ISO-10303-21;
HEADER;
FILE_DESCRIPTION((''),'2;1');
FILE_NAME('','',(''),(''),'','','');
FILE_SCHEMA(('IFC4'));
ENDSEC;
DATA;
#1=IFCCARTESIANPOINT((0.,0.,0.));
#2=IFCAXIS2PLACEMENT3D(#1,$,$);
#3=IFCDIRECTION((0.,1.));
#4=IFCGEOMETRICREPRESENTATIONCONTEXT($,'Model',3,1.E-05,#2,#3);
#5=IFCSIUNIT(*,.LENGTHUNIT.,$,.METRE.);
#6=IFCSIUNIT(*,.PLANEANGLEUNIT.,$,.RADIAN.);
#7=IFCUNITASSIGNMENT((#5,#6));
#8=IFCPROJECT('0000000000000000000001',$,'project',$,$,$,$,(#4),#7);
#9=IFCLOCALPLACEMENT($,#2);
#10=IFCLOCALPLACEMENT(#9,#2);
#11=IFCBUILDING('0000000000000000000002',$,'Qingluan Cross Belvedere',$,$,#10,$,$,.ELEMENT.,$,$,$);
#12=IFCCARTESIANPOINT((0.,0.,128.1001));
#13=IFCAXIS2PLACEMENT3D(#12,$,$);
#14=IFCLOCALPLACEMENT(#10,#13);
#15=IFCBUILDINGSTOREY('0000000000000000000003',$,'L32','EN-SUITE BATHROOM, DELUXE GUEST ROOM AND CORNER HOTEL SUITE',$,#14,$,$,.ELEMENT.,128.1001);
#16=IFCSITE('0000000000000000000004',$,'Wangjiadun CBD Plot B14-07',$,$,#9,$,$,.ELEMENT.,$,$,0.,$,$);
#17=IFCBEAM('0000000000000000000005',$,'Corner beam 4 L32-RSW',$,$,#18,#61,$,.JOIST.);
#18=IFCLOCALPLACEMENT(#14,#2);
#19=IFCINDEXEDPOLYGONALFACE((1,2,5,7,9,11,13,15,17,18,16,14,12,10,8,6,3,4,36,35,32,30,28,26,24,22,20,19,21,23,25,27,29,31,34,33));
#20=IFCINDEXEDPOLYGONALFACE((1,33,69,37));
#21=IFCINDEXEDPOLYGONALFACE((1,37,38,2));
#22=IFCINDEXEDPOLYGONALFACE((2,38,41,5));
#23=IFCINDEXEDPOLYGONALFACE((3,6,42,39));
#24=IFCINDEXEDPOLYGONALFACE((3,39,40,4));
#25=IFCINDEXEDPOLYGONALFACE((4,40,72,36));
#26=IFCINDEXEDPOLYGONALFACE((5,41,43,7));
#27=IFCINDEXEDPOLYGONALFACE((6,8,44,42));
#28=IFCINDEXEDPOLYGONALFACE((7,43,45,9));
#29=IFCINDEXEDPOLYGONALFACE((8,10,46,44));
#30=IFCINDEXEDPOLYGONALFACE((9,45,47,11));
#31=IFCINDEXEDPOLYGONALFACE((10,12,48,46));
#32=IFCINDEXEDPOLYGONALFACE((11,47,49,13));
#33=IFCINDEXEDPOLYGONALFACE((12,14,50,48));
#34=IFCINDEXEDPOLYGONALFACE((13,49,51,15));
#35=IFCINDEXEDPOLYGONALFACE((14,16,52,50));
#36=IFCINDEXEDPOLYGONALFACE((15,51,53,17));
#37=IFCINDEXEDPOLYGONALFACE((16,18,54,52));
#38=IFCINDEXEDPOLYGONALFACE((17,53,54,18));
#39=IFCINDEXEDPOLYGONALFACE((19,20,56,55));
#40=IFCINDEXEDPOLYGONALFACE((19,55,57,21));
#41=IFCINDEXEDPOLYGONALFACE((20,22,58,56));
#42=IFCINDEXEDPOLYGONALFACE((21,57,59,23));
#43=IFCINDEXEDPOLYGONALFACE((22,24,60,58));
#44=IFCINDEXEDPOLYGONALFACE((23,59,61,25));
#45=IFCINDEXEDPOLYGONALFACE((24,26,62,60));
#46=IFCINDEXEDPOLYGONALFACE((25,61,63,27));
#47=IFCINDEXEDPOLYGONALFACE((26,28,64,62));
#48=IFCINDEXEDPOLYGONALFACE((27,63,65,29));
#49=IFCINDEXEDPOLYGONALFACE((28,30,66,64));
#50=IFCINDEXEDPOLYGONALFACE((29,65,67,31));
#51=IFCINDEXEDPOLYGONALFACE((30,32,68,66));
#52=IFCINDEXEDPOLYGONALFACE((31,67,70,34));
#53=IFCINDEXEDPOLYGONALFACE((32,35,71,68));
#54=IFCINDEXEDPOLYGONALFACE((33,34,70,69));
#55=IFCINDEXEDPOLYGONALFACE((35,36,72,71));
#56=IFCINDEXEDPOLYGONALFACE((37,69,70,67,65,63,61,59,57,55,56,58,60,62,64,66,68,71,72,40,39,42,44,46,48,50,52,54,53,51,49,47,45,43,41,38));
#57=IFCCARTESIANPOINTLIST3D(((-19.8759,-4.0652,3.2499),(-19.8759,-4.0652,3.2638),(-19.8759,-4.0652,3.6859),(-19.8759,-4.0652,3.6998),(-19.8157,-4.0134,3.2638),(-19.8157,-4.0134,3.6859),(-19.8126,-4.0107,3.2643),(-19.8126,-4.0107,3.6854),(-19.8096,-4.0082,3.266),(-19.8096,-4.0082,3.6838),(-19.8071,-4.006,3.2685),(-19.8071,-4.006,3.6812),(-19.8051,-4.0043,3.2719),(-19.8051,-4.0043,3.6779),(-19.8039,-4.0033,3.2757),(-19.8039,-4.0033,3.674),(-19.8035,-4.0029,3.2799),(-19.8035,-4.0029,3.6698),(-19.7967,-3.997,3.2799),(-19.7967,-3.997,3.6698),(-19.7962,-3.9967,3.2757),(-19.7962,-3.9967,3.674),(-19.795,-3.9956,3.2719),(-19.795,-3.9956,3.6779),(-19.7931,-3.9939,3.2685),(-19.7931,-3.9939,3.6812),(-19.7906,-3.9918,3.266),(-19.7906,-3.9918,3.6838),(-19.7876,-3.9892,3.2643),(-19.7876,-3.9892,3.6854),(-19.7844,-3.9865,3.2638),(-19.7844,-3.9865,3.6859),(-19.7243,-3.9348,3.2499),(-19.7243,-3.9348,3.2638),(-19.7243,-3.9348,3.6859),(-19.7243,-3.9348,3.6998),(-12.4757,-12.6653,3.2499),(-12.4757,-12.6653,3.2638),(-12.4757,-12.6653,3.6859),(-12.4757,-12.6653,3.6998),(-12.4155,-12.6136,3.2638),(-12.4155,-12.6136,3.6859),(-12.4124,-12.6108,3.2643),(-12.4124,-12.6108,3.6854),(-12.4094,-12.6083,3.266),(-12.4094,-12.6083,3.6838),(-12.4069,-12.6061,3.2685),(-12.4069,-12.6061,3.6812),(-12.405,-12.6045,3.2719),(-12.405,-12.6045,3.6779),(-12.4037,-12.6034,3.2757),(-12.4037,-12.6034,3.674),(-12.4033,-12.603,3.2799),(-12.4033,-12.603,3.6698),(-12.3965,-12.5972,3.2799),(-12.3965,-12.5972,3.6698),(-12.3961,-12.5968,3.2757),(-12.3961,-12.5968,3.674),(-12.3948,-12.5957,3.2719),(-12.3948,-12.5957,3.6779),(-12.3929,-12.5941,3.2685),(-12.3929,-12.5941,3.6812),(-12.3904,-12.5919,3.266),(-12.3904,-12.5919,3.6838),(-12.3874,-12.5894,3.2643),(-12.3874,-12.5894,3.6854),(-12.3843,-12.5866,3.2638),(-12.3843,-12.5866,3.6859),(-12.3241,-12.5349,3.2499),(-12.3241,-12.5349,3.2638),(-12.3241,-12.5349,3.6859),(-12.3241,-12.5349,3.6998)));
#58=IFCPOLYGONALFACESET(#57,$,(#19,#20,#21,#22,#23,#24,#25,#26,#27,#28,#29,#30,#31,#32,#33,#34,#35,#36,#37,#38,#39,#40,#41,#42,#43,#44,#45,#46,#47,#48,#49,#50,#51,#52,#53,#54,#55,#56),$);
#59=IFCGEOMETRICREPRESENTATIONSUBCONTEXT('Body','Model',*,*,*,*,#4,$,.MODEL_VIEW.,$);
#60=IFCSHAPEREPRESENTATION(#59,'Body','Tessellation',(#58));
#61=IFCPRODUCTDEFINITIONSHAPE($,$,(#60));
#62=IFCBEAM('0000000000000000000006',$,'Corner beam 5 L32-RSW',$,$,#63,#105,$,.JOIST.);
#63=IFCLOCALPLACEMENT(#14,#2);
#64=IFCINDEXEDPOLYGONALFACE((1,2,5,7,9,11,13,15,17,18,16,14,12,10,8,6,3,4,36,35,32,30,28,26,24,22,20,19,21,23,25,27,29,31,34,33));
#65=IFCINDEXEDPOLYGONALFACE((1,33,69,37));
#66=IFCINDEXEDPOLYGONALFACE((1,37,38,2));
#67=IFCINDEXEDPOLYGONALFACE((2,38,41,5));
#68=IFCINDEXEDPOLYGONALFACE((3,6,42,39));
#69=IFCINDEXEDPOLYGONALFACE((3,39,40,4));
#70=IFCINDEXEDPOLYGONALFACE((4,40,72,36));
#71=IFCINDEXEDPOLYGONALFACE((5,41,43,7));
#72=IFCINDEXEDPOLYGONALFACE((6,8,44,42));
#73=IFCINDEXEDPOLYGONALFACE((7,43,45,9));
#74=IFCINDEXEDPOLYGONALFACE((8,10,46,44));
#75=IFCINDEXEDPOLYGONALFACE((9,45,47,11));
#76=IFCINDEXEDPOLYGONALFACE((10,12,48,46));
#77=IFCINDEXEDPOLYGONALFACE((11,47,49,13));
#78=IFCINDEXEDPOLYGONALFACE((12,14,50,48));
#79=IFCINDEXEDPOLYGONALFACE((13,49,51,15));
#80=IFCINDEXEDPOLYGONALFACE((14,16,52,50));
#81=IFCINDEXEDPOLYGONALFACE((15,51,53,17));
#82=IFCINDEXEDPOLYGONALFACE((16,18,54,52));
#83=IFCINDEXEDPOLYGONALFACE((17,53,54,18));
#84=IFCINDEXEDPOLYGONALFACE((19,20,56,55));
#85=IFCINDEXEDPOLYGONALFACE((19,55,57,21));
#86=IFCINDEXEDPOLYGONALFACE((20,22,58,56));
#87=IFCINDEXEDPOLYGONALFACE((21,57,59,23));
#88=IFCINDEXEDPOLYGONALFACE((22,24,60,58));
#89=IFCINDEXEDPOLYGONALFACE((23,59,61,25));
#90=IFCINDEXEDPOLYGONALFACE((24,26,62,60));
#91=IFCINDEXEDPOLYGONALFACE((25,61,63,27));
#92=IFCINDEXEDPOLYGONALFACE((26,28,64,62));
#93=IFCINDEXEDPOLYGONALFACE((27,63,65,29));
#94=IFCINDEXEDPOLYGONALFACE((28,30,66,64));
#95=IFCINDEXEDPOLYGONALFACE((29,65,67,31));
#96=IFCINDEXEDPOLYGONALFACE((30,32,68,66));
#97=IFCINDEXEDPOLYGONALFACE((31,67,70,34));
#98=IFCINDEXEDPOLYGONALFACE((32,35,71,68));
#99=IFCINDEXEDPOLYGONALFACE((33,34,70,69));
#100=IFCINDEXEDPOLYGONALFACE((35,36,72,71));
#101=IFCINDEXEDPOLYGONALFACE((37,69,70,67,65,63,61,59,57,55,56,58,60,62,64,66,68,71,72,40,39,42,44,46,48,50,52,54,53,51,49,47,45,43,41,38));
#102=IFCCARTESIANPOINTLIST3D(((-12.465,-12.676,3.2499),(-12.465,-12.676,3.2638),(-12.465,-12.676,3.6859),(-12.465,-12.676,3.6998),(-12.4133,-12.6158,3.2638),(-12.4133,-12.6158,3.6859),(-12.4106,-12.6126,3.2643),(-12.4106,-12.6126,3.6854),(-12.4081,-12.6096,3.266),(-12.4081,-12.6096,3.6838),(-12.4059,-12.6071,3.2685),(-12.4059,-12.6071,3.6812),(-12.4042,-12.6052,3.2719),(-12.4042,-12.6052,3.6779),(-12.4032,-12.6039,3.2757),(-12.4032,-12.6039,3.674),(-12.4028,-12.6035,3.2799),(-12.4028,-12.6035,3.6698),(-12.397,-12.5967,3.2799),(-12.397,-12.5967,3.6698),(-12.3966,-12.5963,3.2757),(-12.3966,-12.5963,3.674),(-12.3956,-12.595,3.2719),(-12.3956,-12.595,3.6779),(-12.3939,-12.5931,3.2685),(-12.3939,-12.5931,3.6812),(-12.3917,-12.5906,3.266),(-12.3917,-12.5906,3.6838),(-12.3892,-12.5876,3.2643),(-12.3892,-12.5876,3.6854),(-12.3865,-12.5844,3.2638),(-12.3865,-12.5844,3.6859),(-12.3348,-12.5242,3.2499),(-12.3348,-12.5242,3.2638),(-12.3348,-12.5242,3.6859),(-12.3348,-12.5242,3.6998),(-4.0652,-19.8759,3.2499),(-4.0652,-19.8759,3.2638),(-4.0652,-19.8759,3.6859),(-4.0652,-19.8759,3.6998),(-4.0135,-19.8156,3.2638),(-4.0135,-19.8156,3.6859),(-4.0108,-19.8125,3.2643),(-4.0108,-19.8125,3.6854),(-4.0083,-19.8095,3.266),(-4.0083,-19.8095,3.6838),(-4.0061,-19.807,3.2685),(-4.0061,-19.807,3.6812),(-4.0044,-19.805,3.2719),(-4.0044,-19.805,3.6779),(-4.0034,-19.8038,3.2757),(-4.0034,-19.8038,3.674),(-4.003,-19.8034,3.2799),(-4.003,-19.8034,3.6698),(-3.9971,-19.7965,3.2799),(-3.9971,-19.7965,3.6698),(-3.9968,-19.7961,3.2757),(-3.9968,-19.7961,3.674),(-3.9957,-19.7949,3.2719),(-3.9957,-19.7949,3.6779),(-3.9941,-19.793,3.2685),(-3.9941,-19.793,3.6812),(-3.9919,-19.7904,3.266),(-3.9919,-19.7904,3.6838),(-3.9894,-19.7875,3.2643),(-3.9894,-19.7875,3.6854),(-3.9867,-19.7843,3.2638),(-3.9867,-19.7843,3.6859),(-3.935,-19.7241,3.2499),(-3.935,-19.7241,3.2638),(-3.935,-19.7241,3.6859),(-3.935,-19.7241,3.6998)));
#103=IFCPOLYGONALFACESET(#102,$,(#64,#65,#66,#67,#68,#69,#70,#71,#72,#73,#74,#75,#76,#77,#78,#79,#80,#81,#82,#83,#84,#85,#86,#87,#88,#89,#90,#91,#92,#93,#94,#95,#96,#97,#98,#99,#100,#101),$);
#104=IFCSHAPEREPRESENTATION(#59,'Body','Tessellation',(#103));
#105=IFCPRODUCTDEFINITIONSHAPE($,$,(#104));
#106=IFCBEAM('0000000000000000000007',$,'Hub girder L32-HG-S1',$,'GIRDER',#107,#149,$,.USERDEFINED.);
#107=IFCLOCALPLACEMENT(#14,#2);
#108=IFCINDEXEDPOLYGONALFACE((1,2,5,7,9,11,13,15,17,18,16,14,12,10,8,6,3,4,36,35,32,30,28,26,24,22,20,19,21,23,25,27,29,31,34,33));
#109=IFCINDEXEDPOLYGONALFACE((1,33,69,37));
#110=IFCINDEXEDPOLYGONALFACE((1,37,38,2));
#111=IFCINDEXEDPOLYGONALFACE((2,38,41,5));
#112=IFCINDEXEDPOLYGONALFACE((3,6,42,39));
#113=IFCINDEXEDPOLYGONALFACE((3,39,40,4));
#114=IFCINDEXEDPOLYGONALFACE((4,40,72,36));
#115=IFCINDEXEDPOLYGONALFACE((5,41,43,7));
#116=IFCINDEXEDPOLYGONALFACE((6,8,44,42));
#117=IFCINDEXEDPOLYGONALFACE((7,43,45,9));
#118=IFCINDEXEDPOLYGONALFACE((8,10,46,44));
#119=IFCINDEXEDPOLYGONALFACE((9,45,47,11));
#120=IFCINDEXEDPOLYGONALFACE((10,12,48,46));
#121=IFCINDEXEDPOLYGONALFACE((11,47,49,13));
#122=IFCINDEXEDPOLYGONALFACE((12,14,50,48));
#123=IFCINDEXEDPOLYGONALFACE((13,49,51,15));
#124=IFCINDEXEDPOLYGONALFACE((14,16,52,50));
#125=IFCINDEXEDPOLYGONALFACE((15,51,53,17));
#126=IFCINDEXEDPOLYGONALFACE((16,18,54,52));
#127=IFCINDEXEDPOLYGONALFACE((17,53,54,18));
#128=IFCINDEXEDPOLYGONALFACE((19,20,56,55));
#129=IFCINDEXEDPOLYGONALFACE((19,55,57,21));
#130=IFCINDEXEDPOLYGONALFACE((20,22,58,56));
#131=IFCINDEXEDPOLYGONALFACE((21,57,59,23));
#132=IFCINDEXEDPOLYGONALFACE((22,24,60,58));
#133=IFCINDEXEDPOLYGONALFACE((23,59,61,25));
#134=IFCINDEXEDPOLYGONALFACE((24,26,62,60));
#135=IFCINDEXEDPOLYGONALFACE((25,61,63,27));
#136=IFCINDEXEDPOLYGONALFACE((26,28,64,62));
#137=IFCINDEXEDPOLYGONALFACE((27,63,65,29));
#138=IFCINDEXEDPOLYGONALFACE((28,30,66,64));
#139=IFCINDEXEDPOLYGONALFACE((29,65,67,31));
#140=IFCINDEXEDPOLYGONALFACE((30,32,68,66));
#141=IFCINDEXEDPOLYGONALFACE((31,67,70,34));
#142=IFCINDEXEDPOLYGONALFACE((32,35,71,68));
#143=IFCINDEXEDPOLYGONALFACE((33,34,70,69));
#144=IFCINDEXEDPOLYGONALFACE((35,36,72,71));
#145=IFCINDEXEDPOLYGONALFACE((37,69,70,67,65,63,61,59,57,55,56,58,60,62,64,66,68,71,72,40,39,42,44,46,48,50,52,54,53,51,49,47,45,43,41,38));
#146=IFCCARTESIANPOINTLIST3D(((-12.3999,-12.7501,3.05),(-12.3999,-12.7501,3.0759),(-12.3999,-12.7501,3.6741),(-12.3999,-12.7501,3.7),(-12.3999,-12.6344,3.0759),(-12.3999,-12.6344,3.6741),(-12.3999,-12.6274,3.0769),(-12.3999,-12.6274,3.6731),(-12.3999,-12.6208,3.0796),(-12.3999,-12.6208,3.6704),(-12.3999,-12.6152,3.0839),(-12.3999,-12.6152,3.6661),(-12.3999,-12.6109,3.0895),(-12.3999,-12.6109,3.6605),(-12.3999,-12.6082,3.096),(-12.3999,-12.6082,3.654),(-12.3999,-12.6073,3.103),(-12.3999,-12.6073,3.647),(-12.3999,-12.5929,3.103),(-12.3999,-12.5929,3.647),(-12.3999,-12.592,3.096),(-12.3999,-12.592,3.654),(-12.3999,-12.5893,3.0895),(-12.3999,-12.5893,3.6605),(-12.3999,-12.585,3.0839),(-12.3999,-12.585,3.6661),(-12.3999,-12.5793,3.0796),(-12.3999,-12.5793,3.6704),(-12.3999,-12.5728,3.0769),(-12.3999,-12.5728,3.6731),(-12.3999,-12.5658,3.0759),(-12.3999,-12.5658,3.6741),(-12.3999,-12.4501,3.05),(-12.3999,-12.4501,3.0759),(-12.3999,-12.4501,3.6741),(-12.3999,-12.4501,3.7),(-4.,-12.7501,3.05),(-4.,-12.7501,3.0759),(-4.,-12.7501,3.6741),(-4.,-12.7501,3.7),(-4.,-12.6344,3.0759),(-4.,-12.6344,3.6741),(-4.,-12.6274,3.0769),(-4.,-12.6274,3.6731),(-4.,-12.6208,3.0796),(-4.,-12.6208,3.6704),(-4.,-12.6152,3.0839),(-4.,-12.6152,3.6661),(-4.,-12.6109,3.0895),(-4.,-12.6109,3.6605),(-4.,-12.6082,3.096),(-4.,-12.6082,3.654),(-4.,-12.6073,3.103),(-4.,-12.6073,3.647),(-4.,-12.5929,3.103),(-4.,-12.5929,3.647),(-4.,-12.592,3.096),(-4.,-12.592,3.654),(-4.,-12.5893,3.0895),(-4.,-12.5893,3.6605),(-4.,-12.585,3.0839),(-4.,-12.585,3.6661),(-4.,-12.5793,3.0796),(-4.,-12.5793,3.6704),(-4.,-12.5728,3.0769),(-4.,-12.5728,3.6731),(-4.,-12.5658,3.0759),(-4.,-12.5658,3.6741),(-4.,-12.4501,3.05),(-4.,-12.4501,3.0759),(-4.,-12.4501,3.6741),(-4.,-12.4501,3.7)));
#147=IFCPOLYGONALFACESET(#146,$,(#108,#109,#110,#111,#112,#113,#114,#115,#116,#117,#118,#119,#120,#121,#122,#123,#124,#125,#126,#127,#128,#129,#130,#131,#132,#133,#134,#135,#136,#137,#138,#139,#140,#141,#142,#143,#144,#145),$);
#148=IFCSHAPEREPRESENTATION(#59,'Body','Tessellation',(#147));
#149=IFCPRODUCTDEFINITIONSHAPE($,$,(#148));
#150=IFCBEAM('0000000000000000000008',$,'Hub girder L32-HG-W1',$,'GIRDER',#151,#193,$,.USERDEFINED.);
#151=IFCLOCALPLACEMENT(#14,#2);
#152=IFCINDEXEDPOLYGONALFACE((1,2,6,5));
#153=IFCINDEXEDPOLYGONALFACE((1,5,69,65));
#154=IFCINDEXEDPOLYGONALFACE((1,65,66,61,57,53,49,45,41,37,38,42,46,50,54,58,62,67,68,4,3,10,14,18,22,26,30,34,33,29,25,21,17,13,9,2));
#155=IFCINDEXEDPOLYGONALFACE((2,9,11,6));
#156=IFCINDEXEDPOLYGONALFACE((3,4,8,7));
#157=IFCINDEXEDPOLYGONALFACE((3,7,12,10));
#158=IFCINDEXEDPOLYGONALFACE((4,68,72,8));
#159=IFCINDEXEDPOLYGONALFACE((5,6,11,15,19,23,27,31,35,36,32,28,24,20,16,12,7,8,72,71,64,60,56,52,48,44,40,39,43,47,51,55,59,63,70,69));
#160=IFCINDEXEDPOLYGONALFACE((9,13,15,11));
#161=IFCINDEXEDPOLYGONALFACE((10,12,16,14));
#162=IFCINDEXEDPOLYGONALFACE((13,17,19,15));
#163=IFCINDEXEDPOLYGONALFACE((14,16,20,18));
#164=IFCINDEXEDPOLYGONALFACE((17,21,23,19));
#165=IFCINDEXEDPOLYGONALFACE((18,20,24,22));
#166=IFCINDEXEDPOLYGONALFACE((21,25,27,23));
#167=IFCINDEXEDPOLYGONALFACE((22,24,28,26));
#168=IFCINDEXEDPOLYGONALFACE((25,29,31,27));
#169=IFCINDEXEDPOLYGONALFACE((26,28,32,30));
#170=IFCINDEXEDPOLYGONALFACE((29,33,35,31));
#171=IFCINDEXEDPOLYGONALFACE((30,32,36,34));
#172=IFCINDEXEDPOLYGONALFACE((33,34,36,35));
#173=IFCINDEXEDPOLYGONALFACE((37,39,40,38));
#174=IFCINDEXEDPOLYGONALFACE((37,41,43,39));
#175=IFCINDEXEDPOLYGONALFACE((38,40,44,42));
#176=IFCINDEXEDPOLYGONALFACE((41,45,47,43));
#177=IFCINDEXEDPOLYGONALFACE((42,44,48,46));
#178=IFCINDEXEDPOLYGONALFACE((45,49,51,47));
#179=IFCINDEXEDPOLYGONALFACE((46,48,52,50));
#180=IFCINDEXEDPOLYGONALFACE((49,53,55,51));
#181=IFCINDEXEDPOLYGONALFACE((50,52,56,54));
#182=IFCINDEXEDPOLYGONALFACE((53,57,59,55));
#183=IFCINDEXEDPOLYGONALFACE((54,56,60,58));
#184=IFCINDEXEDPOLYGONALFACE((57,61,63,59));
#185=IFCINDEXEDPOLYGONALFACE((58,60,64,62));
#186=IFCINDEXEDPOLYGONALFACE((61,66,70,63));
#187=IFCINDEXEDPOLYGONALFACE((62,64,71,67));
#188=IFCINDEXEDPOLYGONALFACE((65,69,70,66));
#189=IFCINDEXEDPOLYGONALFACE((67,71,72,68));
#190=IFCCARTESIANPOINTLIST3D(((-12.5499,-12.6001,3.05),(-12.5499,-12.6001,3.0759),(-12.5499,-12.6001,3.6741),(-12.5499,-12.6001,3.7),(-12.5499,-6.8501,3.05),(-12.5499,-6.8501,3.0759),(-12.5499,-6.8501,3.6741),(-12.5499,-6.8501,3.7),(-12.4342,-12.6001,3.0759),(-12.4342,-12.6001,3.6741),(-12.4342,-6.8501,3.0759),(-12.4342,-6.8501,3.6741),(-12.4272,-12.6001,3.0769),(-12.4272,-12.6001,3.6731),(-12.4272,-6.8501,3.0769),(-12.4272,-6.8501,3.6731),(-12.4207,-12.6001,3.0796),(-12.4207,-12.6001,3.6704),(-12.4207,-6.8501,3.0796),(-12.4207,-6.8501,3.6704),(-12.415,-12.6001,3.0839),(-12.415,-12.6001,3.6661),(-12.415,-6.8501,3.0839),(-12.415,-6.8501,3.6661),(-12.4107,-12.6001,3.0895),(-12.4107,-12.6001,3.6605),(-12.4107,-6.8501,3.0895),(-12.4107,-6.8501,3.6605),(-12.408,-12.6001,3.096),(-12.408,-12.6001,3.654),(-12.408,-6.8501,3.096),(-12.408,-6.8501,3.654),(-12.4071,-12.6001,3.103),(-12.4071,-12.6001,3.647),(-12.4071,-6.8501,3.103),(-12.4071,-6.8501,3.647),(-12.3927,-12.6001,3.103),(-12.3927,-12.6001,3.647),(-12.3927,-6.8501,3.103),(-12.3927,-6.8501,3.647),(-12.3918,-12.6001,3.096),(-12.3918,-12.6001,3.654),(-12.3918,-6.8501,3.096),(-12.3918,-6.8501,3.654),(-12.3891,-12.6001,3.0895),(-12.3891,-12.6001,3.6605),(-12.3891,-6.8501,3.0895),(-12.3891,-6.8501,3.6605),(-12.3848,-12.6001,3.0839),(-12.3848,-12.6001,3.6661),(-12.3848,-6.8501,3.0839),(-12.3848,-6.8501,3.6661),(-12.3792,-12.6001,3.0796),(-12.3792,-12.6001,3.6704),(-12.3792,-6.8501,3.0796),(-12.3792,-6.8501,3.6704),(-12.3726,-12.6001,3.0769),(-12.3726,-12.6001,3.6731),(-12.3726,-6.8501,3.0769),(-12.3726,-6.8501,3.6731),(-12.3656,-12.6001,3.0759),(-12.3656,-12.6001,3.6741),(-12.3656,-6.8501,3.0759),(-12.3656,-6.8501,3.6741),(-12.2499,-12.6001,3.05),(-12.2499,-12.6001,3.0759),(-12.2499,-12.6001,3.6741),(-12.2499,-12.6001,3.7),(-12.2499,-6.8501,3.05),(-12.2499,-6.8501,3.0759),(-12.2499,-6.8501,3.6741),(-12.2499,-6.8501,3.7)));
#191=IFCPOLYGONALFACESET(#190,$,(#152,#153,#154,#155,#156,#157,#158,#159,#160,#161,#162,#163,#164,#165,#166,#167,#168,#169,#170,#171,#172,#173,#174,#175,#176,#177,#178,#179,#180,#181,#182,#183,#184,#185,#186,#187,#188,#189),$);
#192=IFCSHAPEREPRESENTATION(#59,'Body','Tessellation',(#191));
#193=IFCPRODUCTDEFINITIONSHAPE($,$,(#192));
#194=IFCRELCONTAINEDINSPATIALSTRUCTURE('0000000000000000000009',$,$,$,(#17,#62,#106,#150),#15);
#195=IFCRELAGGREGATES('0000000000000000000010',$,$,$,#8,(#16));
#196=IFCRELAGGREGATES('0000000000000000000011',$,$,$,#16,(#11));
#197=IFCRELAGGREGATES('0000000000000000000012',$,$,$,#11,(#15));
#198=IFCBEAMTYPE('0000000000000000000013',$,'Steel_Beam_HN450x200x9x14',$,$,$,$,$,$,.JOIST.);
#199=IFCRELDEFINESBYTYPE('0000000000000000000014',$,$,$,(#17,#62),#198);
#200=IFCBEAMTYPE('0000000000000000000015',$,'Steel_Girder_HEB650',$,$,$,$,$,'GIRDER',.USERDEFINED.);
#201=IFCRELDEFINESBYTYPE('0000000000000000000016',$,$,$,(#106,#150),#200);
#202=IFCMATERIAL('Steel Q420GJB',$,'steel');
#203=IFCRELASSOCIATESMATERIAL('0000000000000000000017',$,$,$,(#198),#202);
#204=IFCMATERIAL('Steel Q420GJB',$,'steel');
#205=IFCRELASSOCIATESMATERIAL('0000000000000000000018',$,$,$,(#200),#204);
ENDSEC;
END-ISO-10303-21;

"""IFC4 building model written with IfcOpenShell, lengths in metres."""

from ifc_helpers import new_model, si_unit, direction, frame, origin, origin_2d, place, context, subcontext, project, spatial, i_section, extrude, material, material_profile, profile_set, type_object, element, save


model = new_model("IFC4")

# Units and contexts
model_context = context("Model", 3, precision=1e-05, world=origin(), true_north=direction((0.0, 1.0)))
body_context = subcontext(model_context, "Body", "Model", "MODEL_VIEW")
ifc_project = project(units=[si_unit("LENGTHUNIT", "METRE"), si_unit("PLANEANGLEUNIT", "RADIAN")], contexts=[model_context])

# Site, building, storey
site_placement = place(None, origin())
site = spatial("IfcSite", under=ifc_project, at=site_placement, Name="Wangjiadun CBD Plot B14-07", CompositionType="ELEMENT", RefElevation=0.0)
building_placement = place(site_placement, origin())
building = spatial("IfcBuilding", under=site, at=building_placement, Name="Qingluan Cross Belvedere", CompositionType="ELEMENT")
storey_placement = place(building_placement, frame((0.0, 0.0, 128.1001)))
storey = spatial("IfcBuildingStorey", under=building, at=storey_placement, Name="L32", Description="EN-SUITE BATHROOM, DELUXE GUEST ROOM AND CORNER HOTEL SUITE", CompositionType="ELEMENT", Elevation=128.1001)

# Beams
ifc_material_1 = material(Name="Steel Q420GJB", Category="steel")
ifc_material_profile_1 = material_profile(ifc_material_1, i_section(OverallWidth=0.2, OverallDepth=0.45, WebThickness=0.009, FlangeThickness=0.0139, FilletRadius=0.0161, at=origin_2d()), Name="HN450x200x9x14")
ifc_profile_set_1 = profile_set([ifc_material_profile_1], Name="Steel Q420GJB")
beam_type_1 = type_object("IfcBeamType", Name="Steel_Beam_HN450x200x9x14", PredefinedType="JOIST", material=ifc_profile_set_1)
beam_1_placement = place(storey_placement, frame((-12.3999, -12.6001, 3.4749), z_axis=(-0.652245, 0.758008, 0.0), x_axis=(-0.758008, -0.652245, 0.0)))
element("IfcBeam", 1, at=beam_1_placement, inside=storey, type_object=beam_type_1, Name="Corner beam 4 L32-RSW", PredefinedType="JOIST", context=body_context, shape_type="SweptSolid", body=[
    extrude(i_section(OverallWidth=0.2, OverallDepth=0.45, WebThickness=0.009, FlangeThickness=0.0139, FilletRadius=0.0161, at=origin_2d()), origin(), (0.0, 0.0, 1.0), 11.3457),
])
beam_2_placement = place(storey_placement, frame((-12.3999, -12.6001, 3.4749), z_axis=(0.759255, -0.650793, 0.0), x_axis=(0.650793, 0.759255, 0.0)))
element("IfcBeam", 2, at=beam_2_placement, inside=storey, type_object=beam_type_1, Name="Corner beam 5 L32-RSW", PredefinedType="JOIST", context=body_context, shape_type="SweptSolid", body=[
    extrude(i_section(OverallWidth=0.2, OverallDepth=0.45, WebThickness=0.009, FlangeThickness=0.0139, FilletRadius=0.0161, at=origin_2d()), origin(), (0.0, 0.0, 1.0), 11.0632),
])
ifc_material_2 = material(Name="Steel Q420GJB", Category="steel")
ifc_material_profile_2 = material_profile(ifc_material_2, i_section(OverallWidth=0.3, OverallDepth=0.6499, WebThickness=0.0144, FlangeThickness=0.0259, FilletRadius=0.0271, at=origin_2d()), Name="HEB650")
ifc_profile_set_2 = profile_set([ifc_material_profile_2], Name="Steel Q420GJB")
beam_type_2 = type_object("IfcBeamType", Name="Steel_Girder_HEB650", ElementType="GIRDER", PredefinedType="USERDEFINED", material=ifc_profile_set_2)
beam_3_placement = place(storey_placement, frame((-12.3999, -12.6001, 3.375), z_axis=(1.0, 0.0, 0.0), x_axis=(0.0, 1.0, 0.0)))
element("IfcBeam", 3, at=beam_3_placement, inside=storey, type_object=beam_type_2, Name="Hub girder L32-HG-S1", ObjectType="GIRDER", PredefinedType="USERDEFINED", context=body_context, shape_type="SweptSolid", body=[
    extrude(i_section(OverallWidth=0.3, OverallDepth=0.6499, WebThickness=0.0144, FlangeThickness=0.0259, FilletRadius=0.0271, at=origin_2d()), origin(), (0.0, 0.0, 1.0), 8.3999),
])
beam_4_placement = place(storey_placement, frame((-12.3999, -12.6001, 3.375), z_axis=(0.0, 1.0, 0.0), x_axis=(-1.0, 0.0, 0.0)))
element("IfcBeam", 4, at=beam_4_placement, inside=storey, type_object=beam_type_2, Name="Hub girder L32-HG-W1", ObjectType="GIRDER", PredefinedType="USERDEFINED", context=body_context, shape_type="SweptSolid", body=[
    extrude(i_section(OverallWidth=0.3, OverallDepth=0.6499, WebThickness=0.0144, FlangeThickness=0.0259, FilletRadius=0.0271, at=origin_2d()), origin(), (0.0, 0.0, 1.0), 5.75),
])

save(model, "model.ifc")
